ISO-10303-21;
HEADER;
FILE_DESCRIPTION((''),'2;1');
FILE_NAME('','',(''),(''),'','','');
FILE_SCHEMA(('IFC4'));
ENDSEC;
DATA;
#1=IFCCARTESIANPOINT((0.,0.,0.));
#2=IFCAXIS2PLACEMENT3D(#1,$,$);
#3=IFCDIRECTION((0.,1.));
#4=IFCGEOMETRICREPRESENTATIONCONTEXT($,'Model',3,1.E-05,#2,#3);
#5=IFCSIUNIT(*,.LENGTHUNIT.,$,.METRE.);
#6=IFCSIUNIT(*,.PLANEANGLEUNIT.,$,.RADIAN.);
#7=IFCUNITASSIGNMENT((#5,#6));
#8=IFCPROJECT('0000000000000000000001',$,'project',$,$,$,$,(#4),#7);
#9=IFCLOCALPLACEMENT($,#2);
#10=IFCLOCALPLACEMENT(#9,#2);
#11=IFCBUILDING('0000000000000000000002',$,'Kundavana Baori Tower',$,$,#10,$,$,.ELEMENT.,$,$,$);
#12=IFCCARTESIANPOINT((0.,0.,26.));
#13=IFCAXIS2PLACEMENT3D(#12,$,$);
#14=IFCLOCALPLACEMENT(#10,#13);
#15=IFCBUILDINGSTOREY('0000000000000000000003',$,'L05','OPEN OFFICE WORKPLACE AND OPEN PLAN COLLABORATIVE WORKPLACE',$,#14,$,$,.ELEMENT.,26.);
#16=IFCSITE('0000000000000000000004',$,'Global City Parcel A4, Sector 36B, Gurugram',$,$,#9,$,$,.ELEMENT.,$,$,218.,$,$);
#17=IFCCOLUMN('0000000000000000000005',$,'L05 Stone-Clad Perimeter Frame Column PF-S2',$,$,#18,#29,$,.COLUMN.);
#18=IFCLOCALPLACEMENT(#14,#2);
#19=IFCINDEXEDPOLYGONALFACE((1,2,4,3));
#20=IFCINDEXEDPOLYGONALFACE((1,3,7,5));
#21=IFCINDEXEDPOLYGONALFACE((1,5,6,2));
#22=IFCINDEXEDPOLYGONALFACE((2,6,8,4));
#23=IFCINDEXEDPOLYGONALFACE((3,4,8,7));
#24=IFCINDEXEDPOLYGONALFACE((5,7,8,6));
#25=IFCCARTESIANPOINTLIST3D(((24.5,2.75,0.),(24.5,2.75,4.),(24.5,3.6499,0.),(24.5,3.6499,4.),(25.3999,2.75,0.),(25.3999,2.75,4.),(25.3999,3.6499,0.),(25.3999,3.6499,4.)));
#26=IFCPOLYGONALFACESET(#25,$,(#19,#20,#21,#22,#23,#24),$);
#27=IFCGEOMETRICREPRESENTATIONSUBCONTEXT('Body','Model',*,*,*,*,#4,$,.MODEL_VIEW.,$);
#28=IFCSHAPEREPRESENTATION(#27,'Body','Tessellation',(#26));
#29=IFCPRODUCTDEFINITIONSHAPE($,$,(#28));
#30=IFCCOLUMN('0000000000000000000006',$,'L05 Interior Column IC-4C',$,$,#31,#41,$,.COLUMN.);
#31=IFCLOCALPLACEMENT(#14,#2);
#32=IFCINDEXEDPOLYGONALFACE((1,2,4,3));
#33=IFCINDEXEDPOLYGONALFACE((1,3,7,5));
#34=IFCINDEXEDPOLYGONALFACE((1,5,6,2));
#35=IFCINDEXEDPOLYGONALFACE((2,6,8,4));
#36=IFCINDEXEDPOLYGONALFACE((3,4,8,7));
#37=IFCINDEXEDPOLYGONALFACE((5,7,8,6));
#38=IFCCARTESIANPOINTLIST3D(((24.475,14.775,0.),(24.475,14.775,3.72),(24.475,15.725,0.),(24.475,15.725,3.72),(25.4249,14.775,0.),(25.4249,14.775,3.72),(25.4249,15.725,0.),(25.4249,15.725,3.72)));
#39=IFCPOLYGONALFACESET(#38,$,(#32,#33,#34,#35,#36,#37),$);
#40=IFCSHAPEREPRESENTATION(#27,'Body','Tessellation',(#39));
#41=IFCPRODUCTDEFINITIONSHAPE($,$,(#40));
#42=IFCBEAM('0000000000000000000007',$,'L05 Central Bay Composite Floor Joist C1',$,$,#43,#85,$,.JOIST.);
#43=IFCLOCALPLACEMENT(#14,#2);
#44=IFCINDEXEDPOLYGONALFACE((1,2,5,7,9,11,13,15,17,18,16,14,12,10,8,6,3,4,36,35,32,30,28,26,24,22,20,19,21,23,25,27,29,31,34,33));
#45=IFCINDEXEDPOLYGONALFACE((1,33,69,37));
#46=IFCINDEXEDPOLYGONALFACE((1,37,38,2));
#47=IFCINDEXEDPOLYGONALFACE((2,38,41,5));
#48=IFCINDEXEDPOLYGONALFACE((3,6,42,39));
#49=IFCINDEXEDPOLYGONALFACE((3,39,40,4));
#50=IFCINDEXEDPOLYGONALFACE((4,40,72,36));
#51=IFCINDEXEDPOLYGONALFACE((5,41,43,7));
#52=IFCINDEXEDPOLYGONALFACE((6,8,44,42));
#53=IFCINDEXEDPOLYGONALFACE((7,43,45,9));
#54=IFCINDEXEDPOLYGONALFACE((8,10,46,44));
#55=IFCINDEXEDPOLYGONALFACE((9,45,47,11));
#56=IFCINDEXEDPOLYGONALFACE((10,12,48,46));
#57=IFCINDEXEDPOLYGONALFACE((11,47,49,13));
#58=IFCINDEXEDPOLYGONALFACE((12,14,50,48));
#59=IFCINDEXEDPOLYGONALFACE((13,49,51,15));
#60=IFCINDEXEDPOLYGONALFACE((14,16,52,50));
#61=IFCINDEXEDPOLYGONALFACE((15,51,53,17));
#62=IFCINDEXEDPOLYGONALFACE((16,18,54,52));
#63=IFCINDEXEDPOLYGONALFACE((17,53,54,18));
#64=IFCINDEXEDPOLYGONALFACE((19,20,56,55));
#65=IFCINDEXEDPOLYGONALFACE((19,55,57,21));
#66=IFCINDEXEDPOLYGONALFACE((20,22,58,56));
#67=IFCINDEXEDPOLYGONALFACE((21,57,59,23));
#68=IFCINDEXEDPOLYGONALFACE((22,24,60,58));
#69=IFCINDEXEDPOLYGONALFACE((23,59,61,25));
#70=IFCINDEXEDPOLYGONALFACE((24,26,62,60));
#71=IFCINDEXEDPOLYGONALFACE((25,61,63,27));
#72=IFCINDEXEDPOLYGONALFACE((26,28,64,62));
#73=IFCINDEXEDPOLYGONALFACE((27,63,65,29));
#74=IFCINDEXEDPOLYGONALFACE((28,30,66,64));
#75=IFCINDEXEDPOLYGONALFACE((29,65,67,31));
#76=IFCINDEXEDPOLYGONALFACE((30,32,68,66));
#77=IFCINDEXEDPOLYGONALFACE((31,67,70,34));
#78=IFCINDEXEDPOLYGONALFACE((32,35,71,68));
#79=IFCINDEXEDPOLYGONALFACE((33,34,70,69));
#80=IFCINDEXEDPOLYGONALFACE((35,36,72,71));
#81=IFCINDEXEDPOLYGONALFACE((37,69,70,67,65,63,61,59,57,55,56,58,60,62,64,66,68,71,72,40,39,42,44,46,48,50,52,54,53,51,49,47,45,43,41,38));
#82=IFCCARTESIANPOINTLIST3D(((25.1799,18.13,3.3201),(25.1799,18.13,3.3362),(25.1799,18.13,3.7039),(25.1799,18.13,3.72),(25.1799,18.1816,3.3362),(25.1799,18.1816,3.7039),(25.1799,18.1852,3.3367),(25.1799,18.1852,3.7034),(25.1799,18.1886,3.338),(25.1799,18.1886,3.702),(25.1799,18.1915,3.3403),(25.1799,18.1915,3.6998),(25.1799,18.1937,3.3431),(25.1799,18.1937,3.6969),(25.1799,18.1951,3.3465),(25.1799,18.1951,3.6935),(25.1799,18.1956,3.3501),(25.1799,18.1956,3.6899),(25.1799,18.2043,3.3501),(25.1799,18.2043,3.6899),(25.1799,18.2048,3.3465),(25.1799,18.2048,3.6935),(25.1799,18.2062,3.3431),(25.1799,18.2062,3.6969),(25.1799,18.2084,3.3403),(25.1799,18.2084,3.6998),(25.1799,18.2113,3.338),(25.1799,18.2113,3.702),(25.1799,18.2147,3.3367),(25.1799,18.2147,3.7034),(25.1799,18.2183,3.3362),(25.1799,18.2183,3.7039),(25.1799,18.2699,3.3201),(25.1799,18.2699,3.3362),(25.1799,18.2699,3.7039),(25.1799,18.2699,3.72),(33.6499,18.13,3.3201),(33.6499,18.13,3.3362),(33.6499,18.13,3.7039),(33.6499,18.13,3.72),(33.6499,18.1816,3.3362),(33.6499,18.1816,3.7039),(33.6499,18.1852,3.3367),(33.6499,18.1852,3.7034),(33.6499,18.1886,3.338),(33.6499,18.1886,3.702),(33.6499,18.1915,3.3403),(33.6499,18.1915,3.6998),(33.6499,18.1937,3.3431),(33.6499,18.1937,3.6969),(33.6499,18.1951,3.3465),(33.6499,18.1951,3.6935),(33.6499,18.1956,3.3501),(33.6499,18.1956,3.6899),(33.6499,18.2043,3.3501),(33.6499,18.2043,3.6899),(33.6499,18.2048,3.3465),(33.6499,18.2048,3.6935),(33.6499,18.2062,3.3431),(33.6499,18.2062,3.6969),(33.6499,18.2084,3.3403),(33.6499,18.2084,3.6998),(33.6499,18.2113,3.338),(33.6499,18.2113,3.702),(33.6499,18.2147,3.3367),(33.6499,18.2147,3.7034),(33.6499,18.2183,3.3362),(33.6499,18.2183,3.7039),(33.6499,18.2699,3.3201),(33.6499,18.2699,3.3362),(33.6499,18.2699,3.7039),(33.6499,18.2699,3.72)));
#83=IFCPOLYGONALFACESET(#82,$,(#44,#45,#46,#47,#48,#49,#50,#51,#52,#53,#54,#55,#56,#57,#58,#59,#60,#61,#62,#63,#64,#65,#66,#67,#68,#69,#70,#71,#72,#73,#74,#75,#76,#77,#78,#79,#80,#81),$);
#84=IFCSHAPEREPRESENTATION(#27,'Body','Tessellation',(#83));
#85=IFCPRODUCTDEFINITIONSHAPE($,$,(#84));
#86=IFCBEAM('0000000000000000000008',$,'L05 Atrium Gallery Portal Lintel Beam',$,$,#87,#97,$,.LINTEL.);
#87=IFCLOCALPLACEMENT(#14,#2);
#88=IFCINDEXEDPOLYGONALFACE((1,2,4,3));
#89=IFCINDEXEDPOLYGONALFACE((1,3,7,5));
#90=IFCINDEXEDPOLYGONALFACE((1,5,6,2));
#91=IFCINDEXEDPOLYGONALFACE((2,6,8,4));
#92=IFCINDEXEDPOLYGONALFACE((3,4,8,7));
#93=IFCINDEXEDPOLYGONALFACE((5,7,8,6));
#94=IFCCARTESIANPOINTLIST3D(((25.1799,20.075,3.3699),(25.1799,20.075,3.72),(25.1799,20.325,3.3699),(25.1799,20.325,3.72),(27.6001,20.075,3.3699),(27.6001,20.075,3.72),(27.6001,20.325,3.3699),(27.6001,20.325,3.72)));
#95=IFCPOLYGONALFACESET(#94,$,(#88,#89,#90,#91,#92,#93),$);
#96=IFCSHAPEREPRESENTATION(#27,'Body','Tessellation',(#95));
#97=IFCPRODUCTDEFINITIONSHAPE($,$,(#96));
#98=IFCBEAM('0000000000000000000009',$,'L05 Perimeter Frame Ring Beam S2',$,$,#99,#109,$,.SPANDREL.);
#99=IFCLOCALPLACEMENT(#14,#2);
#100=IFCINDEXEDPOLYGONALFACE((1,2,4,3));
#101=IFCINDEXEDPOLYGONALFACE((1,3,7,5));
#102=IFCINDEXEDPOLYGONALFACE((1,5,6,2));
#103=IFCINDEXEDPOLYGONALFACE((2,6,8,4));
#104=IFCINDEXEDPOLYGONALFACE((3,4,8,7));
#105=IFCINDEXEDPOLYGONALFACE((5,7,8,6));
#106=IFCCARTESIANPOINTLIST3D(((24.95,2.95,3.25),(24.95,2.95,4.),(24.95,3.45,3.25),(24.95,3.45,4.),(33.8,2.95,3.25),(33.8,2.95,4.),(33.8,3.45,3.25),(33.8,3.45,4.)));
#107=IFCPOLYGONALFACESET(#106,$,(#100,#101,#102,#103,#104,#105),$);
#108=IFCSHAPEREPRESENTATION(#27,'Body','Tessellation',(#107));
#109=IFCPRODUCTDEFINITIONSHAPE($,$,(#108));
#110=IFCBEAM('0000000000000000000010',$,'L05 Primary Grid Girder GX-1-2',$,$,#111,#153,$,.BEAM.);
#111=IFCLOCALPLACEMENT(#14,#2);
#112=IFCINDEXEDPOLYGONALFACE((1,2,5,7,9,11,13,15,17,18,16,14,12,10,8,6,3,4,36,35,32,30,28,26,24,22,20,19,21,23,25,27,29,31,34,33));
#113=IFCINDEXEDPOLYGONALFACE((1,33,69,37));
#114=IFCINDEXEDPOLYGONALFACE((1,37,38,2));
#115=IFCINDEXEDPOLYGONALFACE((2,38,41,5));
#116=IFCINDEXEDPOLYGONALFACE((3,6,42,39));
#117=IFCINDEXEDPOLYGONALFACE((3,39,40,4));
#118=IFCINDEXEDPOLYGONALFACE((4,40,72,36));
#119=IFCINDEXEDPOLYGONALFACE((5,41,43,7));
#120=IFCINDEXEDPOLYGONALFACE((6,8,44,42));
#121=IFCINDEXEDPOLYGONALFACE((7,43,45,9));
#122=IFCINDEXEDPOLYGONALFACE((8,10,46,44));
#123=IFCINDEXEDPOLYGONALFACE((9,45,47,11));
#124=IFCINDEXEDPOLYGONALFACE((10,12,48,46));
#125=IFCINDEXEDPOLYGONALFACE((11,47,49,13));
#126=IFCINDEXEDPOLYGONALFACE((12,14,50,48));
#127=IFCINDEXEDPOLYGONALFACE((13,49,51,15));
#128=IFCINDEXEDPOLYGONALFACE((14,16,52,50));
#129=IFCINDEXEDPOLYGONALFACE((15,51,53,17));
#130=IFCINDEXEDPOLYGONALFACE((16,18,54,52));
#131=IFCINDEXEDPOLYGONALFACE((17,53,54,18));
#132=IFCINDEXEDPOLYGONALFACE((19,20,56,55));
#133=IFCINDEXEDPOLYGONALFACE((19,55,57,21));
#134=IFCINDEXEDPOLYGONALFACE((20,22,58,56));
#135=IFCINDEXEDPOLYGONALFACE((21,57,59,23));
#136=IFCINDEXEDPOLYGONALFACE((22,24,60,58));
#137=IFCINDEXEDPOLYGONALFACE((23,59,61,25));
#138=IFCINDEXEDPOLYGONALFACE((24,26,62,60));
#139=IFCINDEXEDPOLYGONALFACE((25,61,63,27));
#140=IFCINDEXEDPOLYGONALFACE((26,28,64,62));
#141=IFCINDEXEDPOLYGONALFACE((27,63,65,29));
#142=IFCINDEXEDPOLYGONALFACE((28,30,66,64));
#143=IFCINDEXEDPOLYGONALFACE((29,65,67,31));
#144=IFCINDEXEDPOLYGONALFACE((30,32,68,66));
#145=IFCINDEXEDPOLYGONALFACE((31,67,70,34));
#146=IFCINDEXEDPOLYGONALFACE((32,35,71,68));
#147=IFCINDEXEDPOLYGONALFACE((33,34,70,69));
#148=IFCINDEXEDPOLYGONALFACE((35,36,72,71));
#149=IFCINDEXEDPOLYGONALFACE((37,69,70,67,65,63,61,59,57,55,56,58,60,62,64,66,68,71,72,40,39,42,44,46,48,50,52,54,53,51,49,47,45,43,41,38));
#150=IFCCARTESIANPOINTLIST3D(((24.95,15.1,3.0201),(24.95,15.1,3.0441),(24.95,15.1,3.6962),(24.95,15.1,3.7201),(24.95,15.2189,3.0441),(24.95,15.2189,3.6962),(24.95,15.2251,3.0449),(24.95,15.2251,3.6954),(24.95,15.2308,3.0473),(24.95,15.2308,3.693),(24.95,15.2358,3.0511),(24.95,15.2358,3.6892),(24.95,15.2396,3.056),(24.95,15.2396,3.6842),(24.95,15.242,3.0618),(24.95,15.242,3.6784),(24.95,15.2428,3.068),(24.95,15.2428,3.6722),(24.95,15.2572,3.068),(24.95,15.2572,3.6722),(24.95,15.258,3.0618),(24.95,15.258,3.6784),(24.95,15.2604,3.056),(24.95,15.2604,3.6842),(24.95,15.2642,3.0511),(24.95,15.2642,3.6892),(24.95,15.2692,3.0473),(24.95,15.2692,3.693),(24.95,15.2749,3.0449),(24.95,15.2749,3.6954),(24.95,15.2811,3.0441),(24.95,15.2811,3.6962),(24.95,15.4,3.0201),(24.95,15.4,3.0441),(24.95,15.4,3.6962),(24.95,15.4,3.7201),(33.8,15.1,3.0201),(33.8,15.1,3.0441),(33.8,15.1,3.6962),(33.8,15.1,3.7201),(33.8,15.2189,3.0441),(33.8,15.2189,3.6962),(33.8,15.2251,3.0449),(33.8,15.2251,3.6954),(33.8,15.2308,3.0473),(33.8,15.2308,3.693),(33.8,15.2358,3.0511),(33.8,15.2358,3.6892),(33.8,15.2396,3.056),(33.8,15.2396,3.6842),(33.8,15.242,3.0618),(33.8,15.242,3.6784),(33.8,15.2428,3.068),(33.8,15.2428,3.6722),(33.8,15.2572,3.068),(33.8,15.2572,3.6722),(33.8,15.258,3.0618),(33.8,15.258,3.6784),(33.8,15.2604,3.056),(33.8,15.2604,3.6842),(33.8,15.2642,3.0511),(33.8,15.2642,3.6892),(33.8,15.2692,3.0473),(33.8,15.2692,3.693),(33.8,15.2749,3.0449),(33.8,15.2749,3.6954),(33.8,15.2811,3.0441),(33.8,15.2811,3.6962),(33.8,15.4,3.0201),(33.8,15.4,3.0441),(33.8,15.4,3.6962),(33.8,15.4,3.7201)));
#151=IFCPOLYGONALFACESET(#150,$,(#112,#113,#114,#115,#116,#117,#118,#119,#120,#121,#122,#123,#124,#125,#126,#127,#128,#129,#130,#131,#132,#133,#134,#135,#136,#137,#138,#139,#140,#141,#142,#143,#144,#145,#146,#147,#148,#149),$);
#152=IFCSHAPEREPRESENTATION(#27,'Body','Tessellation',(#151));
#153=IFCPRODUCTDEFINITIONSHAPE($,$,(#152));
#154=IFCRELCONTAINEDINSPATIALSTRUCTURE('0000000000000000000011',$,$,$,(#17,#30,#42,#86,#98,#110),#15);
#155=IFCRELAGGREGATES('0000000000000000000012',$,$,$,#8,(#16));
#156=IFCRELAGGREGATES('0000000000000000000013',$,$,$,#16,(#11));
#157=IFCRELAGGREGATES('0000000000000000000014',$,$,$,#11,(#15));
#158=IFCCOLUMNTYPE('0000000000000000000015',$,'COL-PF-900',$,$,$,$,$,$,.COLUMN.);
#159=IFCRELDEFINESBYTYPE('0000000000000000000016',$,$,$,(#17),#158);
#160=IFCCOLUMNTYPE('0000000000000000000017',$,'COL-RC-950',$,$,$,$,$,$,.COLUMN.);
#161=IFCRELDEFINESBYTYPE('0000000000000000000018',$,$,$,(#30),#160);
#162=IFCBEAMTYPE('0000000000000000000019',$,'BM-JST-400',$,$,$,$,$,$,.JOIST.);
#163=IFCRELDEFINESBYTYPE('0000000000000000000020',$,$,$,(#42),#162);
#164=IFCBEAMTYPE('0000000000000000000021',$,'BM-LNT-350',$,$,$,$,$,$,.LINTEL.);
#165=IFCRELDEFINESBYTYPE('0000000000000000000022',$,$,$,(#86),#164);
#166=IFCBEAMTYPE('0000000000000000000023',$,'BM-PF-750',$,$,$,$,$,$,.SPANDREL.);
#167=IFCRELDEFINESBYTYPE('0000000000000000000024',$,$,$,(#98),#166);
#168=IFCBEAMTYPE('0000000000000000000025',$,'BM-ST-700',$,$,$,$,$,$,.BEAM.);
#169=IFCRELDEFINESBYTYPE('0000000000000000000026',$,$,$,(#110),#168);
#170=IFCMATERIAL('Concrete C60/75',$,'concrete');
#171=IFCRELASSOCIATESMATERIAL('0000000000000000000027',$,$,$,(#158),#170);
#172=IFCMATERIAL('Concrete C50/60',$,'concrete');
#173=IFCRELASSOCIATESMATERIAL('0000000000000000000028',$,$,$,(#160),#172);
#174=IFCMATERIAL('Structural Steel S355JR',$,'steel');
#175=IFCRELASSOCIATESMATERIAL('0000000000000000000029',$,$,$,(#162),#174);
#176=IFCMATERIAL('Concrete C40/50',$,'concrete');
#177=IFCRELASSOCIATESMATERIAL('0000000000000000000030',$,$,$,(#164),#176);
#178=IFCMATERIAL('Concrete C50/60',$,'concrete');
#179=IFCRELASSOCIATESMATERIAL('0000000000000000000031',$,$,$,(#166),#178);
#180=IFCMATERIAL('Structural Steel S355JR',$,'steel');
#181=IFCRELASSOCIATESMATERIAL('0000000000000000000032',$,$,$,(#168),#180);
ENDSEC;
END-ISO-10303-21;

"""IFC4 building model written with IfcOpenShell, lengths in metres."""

from ifc_helpers import new_model, si_unit, direction, frame, origin, origin_2d, place, context, subcontext, project, spatial, rectangle, i_section, extrude, material, material_profile, profile_set, type_object, element, save


model = new_model("IFC4")

# Units and contexts
model_context = context("Model", 3, precision=1e-05, world=origin(), true_north=direction((0.0, 1.0)))
body_context = subcontext(model_context, "Body", "Model", "MODEL_VIEW")
ifc_project = project(units=[si_unit("LENGTHUNIT", "METRE"), si_unit("PLANEANGLEUNIT", "RADIAN")], contexts=[model_context])

# Site, building, storey
site_placement = place(None, origin())
site = spatial("IfcSite", under=ifc_project, at=site_placement, Name="Global City Parcel A4, Sector 36B, Gurugram", CompositionType="ELEMENT", RefElevation=218.0)
building_placement = place(site_placement, origin())
building = spatial("IfcBuilding", under=site, at=building_placement, Name="Kundavana Baori Tower", CompositionType="ELEMENT")
storey_placement = place(building_placement, frame((0.0, 0.0, 26.0)))
storey = spatial("IfcBuildingStorey", under=building, at=storey_placement, Name="L05", Description="OPEN OFFICE WORKPLACE AND OPEN PLAN COLLABORATIVE WORKPLACE", CompositionType="ELEMENT", Elevation=26.0)

# Columns
ifc_material_1 = material(Name="Concrete C60/75", Category="concrete")
ifc_material_profile_1 = material_profile(ifc_material_1, rectangle(XDim=0.8999, YDim=0.8999, at=origin_2d()), Name="RC PF 900x900")
ifc_profile_set_1 = profile_set([ifc_material_profile_1], Name="Concrete C60/75")
column_type_1 = type_object("IfcColumnType", Name="COL-PF-900", PredefinedType="COLUMN", material=ifc_profile_set_1)
column_1_placement = place(storey_placement, frame((24.95, 3.2, 0.0), z_axis=(0.0, 0.0, 1.0), x_axis=(1.0, 0.0, 0.0)))
element("IfcColumn", 1, at=column_1_placement, inside=storey, type_object=column_type_1, Name="L05 Stone-Clad Perimeter Frame Column PF-S2", PredefinedType="COLUMN", context=body_context, shape_type="SweptSolid", body=[
    extrude(rectangle(XDim=0.8999, YDim=0.8999, at=origin_2d()), origin(), (0.0, 0.0, 1.0), 4.0),
])
ifc_material_2 = material(Name="Concrete C50/60", Category="concrete")
ifc_material_profile_2 = material_profile(ifc_material_2, rectangle(XDim=0.95, YDim=0.95, at=origin_2d()), Name="RC 950x950")
ifc_profile_set_2 = profile_set([ifc_material_profile_2], Name="Concrete C50/60")
column_type_2 = type_object("IfcColumnType", Name="COL-RC-950", PredefinedType="COLUMN", material=ifc_profile_set_2)
column_2_placement = place(storey_placement, frame((24.95, 15.25, 0.0), z_axis=(0.0, 0.0, 1.0), x_axis=(1.0, 0.0, 0.0)))
element("IfcColumn", 2, at=column_2_placement, inside=storey, type_object=column_type_2, Name="L05 Interior Column IC-4C", PredefinedType="COLUMN", context=body_context, shape_type="SweptSolid", body=[
    extrude(rectangle(XDim=0.95, YDim=0.95, at=origin_2d()), origin(), (0.0, 0.0, 1.0), 3.72),
])

# Beams
ifc_material_3 = material(Name="Structural Steel S355JR", Category="steel")
ifc_material_profile_3 = material_profile(ifc_material_3, i_section(OverallWidth=0.1399, OverallDepth=0.3999, WebThickness=0.0088, FlangeThickness=0.0161, FilletRadius=0.0139, at=origin_2d()), Name="ISMB 400")
ifc_profile_set_3 = profile_set([ifc_material_profile_3], Name="Structural Steel S355JR")
beam_type_1 = type_object("IfcBeamType", Name="BM-JST-400", PredefinedType="JOIST", material=ifc_profile_set_3)
beam_1_placement = place(storey_placement, frame((25.1799, 18.2, 3.52), z_axis=(1.0, 0.0, 0.0), x_axis=(0.0, 1.0, 0.0)))
element("IfcBeam", 3, at=beam_1_placement, inside=storey, type_object=beam_type_1, Name="L05 Central Bay Composite Floor Joist C1", PredefinedType="JOIST", context=body_context, shape_type="SweptSolid", body=[
    extrude(i_section(OverallWidth=0.1399, OverallDepth=0.3999, WebThickness=0.0088, FlangeThickness=0.0161, FilletRadius=0.0139, at=origin_2d()), origin(), (0.0, 0.0, 1.0), 8.47),
])
ifc_material_4 = material(Name="Concrete C40/50", Category="concrete")
ifc_material_profile_4 = material_profile(ifc_material_4, rectangle(XDim=0.25, YDim=0.3501, at=origin_2d()), Name="RC LNT 250x350")
ifc_profile_set_4 = profile_set([ifc_material_profile_4], Name="Concrete C40/50")
beam_type_2 = type_object("IfcBeamType", Name="BM-LNT-350", PredefinedType="LINTEL", material=ifc_profile_set_4)
beam_2_placement = place(storey_placement, frame((25.1799, 20.2, 3.5449), z_axis=(1.0, 0.0, 0.0), x_axis=(0.0, 1.0, 0.0)))
element("IfcBeam", 4, at=beam_2_placement, inside=storey, type_object=beam_type_2, Name="L05 Atrium Gallery Portal Lintel Beam", PredefinedType="LINTEL", context=body_context, shape_type="SweptSolid", body=[
    extrude(rectangle(XDim=0.25, YDim=0.3501, at=origin_2d()), origin(), (0.0, 0.0, 1.0), 2.4202),
])
ifc_material_5 = material(Name="Concrete C50/60", Category="concrete")
ifc_material_profile_5 = material_profile(ifc_material_5, rectangle(XDim=0.5, YDim=0.75, at=origin_2d()), Name="RC BM 500x750")
ifc_profile_set_5 = profile_set([ifc_material_profile_5], Name="Concrete C50/60")
beam_type_3 = type_object("IfcBeamType", Name="BM-PF-750", PredefinedType="SPANDREL", material=ifc_profile_set_5)
beam_3_placement = place(storey_placement, frame((24.95, 3.2, 3.625), z_axis=(1.0, 0.0, 0.0), x_axis=(0.0, 1.0, 0.0)))
element("IfcBeam", 5, at=beam_3_placement, inside=storey, type_object=beam_type_3, Name="L05 Perimeter Frame Ring Beam S2", PredefinedType="SPANDREL", context=body_context, shape_type="SweptSolid", body=[
    extrude(rectangle(XDim=0.5, YDim=0.75, at=origin_2d()), origin(), (0.0, 0.0, 1.0), 8.8501),
])
ifc_material_6 = material(Name="Structural Steel S355JR", Category="steel")
ifc_material_profile_6 = material_profile(ifc_material_6, i_section(OverallWidth=0.3, OverallDepth=0.7, WebThickness=0.0144, FlangeThickness=0.0239, FilletRadius=0.0239, at=origin_2d()), Name="NPB 700x300x170")
ifc_profile_set_6 = profile_set([ifc_material_profile_6], Name="Structural Steel S355JR")
beam_type_4 = type_object("IfcBeamType", Name="BM-ST-700", PredefinedType="BEAM", material=ifc_profile_set_6)
beam_4_placement = place(storey_placement, frame((24.95, 15.25, 3.3701), z_axis=(1.0, 0.0, 0.0), x_axis=(0.0, 1.0, 0.0)))
element("IfcBeam", 6, at=beam_4_placement, inside=storey, type_object=beam_type_4, Name="L05 Primary Grid Girder GX-1-2", PredefinedType="BEAM", context=body_context, shape_type="SweptSolid", body=[
    extrude(i_section(OverallWidth=0.3, OverallDepth=0.7, WebThickness=0.0144, FlangeThickness=0.0239, FilletRadius=0.0239, at=origin_2d()), origin(), (0.0, 0.0, 1.0), 8.8501),
])

save(model, "model.ifc")
